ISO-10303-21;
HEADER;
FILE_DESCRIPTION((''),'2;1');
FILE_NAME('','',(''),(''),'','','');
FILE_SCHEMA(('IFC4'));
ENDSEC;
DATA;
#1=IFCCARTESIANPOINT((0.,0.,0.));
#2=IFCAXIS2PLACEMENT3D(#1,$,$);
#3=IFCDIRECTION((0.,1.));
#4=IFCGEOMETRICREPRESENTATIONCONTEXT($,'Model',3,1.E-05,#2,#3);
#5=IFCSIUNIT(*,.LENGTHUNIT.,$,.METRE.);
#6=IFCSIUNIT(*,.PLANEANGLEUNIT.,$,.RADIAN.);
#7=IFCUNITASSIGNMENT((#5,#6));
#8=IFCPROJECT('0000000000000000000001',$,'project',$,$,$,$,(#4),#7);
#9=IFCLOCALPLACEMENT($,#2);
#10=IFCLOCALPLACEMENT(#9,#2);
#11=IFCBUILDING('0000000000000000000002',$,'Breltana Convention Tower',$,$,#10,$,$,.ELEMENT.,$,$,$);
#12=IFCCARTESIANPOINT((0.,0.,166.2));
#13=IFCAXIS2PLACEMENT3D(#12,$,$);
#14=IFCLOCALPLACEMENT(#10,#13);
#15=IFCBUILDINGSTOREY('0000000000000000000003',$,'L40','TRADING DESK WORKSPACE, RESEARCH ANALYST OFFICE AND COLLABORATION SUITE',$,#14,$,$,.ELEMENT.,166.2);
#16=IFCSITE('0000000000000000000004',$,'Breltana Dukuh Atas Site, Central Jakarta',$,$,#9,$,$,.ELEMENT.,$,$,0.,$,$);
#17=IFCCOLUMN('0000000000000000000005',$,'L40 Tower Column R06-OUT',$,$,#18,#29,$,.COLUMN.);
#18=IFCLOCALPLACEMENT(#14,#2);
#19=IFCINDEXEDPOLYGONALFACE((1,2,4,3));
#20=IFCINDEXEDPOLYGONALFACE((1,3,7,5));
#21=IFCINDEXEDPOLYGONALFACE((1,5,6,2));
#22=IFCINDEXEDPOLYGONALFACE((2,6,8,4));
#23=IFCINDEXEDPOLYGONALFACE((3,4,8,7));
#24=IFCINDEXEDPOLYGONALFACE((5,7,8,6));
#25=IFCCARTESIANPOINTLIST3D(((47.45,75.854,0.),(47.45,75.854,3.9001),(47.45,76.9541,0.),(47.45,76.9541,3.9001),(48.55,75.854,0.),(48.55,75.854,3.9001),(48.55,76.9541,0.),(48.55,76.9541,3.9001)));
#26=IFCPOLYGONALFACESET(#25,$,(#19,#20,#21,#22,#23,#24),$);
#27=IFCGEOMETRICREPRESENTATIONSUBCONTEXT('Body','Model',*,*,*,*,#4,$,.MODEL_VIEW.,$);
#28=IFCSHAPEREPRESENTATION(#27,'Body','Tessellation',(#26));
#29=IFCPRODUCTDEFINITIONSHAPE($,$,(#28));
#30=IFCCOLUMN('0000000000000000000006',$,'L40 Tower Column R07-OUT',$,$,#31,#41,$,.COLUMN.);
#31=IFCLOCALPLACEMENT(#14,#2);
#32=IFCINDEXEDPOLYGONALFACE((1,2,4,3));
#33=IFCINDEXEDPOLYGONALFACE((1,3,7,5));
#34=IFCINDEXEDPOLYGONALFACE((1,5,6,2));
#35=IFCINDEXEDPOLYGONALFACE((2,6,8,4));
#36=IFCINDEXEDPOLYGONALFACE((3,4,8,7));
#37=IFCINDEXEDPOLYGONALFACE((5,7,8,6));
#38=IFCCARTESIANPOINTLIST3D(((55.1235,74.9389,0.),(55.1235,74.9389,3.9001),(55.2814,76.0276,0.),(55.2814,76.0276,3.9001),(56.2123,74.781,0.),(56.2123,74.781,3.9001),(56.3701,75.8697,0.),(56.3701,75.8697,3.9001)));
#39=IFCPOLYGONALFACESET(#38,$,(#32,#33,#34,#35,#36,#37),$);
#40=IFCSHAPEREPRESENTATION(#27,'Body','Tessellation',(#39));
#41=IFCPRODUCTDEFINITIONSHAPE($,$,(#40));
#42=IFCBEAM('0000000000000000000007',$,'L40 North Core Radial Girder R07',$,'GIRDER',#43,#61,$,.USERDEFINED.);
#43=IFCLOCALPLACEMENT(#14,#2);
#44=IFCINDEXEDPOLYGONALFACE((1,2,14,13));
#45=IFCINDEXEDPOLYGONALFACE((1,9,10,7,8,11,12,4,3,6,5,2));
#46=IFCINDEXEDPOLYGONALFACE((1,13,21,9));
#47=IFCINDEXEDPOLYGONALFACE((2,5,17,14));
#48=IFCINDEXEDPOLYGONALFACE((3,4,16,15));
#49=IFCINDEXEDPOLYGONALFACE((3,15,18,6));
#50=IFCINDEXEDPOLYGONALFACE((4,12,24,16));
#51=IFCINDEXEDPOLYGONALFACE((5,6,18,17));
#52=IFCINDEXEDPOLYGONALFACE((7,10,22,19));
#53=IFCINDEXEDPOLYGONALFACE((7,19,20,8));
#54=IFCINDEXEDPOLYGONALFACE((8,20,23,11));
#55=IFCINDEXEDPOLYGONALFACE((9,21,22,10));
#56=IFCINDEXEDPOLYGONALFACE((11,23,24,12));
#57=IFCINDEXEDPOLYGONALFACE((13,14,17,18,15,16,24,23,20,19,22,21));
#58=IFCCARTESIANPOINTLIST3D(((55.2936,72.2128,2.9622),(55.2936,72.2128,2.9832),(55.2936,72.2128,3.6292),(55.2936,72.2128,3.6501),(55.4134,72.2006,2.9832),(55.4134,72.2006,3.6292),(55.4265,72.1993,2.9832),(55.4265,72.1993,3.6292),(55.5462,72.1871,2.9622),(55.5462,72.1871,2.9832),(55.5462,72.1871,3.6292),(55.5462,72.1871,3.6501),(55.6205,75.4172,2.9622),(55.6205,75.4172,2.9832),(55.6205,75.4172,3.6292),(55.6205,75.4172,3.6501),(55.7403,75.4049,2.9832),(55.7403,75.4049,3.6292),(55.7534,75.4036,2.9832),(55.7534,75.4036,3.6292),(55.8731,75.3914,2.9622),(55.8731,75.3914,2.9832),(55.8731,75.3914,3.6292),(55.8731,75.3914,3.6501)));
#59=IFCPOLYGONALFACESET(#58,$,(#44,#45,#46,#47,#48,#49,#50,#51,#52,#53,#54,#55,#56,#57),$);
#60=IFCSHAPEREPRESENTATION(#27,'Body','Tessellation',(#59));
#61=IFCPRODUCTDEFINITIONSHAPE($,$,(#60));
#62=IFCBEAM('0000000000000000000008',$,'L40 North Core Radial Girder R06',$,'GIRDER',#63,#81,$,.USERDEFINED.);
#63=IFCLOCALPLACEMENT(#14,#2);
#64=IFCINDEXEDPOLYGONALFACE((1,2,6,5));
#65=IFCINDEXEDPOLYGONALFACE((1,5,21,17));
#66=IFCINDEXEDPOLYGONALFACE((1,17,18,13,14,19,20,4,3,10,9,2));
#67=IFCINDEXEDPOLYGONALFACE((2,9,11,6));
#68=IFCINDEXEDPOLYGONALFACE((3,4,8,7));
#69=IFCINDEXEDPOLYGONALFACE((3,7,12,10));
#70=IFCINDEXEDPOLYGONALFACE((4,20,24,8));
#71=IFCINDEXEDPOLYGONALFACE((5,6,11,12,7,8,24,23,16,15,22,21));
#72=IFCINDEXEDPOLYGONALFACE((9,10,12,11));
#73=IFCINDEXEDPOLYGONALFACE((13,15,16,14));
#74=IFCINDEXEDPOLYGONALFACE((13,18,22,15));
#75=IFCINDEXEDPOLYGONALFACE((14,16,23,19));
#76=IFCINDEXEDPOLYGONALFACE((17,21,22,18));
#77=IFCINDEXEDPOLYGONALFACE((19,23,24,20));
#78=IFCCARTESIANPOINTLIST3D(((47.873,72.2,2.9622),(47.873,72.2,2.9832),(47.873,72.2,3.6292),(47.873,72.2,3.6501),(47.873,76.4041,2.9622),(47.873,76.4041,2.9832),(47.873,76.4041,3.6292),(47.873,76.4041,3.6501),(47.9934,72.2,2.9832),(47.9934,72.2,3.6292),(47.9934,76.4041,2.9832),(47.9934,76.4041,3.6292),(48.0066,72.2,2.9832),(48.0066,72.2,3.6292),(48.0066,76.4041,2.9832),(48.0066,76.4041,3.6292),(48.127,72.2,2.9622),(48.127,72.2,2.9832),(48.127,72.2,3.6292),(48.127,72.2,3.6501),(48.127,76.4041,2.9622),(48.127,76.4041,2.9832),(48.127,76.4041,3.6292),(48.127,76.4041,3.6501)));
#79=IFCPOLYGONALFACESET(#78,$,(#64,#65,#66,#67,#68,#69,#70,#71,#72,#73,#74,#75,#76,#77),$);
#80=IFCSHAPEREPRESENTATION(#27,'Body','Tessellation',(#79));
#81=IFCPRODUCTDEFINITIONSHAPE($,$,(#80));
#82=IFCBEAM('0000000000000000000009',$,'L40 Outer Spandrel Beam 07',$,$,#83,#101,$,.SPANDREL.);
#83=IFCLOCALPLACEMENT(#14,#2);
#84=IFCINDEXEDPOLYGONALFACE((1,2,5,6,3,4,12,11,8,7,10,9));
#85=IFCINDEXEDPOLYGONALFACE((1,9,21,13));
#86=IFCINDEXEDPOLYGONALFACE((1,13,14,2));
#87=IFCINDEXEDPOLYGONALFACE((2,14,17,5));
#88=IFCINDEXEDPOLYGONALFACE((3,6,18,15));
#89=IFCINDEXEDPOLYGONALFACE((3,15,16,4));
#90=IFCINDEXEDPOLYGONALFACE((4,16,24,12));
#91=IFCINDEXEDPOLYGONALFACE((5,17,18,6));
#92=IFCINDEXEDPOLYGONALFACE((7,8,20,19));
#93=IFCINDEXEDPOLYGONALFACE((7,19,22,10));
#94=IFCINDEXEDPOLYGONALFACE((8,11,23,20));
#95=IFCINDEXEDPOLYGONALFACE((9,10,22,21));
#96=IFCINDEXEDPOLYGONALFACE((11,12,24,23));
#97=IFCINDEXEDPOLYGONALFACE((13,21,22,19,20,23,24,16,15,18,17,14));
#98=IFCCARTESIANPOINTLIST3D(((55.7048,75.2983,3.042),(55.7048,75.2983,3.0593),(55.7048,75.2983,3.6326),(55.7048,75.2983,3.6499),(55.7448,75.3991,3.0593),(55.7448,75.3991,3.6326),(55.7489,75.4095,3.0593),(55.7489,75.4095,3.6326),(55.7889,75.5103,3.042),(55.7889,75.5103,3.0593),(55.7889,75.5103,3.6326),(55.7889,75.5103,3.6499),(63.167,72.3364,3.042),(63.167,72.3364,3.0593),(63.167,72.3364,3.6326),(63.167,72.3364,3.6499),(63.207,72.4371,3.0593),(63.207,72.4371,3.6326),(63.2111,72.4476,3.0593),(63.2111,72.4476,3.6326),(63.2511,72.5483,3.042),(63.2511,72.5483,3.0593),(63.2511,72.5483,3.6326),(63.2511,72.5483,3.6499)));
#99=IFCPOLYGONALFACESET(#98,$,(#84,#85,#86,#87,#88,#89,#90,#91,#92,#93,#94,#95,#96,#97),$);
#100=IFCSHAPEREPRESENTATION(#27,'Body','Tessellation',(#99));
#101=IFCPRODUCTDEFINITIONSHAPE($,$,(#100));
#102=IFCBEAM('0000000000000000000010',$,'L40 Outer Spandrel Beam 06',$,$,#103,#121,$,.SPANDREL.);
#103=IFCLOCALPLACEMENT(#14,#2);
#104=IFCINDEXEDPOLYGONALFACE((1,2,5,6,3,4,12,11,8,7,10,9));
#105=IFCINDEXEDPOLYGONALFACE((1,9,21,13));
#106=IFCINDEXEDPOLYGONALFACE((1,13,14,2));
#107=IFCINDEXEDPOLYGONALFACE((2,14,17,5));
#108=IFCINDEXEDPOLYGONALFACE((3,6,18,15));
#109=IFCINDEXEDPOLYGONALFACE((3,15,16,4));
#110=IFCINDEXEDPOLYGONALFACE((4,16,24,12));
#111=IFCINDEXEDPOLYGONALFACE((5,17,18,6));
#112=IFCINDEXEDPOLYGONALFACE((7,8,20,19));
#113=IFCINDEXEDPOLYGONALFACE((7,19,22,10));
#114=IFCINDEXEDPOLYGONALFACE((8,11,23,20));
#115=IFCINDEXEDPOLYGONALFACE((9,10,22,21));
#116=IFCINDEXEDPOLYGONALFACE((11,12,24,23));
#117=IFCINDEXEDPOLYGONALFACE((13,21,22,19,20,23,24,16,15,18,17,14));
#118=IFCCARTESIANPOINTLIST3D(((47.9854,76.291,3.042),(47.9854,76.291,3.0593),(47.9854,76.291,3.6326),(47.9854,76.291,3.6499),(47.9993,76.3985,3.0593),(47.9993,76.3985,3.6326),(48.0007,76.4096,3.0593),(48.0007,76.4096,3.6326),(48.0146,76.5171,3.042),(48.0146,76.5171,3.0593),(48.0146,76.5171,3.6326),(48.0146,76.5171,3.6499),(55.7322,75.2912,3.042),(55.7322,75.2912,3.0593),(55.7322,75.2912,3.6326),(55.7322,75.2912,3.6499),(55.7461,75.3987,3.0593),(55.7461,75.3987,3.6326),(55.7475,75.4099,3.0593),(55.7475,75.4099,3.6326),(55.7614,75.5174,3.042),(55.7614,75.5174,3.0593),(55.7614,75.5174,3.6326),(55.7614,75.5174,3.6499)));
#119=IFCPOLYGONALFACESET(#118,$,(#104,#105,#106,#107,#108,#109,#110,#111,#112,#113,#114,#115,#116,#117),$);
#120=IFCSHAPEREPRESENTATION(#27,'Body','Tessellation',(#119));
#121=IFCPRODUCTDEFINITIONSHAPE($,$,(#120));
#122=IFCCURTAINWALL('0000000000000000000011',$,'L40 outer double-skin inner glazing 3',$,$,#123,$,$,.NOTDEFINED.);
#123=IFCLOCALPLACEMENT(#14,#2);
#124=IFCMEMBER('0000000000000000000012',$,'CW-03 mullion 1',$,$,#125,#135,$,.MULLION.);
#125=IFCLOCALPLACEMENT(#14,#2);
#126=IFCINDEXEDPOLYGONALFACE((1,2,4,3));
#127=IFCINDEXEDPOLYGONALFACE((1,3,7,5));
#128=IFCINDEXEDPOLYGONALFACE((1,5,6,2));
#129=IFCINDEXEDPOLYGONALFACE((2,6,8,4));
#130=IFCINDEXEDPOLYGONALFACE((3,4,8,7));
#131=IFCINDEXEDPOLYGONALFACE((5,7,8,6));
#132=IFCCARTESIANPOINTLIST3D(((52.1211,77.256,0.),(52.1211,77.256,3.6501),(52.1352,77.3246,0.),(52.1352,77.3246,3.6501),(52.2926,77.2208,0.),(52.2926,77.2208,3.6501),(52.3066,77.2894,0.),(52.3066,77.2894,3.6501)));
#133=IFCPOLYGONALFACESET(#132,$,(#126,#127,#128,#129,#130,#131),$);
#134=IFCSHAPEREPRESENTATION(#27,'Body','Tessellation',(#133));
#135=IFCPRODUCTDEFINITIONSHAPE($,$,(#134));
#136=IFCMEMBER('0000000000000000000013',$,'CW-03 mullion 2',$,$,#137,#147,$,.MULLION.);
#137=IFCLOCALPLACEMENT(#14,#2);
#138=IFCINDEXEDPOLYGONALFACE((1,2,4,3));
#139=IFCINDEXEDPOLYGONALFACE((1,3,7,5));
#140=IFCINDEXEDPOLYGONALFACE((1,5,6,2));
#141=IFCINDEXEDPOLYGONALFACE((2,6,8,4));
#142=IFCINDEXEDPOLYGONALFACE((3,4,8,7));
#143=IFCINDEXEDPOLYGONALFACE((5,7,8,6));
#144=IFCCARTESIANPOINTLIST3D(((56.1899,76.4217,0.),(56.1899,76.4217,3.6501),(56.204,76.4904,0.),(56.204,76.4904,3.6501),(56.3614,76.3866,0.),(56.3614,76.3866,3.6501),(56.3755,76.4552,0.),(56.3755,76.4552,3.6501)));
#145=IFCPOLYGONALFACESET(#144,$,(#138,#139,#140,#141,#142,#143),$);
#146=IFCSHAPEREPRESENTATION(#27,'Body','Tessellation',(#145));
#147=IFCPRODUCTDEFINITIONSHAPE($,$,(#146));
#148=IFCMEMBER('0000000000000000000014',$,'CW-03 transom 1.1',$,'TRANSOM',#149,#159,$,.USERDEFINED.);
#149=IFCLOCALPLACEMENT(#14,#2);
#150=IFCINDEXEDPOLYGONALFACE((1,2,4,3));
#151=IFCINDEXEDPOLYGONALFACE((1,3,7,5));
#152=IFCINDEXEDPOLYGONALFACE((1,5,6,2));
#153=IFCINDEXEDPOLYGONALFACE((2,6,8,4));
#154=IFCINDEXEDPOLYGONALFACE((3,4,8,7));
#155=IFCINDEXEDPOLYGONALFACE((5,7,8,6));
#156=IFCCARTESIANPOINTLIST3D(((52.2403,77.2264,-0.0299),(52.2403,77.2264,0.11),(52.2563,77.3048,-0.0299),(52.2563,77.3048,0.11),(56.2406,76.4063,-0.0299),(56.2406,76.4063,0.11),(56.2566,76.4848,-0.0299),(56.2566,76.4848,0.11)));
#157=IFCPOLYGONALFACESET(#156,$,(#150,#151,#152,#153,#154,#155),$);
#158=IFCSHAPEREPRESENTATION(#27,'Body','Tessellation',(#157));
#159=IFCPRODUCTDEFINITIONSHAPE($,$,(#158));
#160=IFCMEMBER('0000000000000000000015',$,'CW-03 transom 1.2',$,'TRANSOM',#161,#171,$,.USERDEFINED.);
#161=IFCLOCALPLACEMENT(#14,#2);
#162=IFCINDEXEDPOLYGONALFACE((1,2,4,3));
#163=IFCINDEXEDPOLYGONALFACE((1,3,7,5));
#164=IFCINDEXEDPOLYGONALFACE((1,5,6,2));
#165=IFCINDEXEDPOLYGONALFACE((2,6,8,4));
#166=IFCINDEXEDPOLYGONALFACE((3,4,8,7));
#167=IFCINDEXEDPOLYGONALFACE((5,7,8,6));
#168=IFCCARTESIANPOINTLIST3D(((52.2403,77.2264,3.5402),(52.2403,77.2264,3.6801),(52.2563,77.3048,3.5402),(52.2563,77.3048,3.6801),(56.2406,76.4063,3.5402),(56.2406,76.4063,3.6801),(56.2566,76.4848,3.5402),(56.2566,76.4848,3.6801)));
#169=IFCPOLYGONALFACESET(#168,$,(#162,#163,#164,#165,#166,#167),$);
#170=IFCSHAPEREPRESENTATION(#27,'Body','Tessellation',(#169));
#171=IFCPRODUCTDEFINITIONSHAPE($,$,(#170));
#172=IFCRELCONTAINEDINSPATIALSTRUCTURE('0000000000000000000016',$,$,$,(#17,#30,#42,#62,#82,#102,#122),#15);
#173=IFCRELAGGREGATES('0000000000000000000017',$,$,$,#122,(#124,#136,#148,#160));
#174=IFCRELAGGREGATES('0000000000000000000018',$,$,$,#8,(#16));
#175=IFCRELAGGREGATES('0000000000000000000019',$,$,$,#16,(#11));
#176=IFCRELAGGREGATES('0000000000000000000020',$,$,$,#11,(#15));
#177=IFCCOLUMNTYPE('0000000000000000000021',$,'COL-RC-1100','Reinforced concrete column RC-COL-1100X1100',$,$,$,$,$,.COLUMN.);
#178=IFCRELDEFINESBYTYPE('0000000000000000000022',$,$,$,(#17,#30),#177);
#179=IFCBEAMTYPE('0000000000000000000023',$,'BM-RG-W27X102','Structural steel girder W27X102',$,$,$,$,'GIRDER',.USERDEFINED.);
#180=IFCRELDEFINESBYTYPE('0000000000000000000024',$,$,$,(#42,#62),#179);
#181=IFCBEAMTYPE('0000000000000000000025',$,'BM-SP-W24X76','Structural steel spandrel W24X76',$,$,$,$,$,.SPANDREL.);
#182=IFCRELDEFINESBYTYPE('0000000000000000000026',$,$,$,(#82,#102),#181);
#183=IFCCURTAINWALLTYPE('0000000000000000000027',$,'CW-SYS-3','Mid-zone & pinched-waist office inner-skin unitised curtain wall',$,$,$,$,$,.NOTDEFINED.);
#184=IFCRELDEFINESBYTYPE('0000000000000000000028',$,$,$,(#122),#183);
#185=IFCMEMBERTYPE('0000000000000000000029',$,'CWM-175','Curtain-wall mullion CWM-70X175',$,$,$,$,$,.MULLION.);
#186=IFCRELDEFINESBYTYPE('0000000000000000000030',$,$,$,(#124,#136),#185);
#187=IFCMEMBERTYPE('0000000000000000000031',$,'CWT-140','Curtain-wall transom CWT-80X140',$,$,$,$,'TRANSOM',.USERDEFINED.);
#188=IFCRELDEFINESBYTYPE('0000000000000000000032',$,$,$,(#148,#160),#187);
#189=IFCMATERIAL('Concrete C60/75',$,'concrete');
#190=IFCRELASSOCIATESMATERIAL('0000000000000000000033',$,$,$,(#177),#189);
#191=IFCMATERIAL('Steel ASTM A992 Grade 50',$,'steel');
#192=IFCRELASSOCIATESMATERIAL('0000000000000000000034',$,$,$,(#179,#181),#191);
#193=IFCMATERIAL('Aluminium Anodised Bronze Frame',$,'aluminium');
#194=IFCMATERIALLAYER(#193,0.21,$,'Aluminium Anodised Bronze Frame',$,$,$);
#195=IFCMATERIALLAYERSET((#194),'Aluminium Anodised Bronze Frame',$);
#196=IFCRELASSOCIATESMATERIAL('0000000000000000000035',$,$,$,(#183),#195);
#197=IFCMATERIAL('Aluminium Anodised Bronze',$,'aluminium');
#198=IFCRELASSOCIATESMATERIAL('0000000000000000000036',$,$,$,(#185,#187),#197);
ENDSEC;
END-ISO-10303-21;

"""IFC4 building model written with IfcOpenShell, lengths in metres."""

from ifc_helpers import new_model, si_unit, direction, frame, origin, origin_2d, place, context, subcontext, project, spatial, rectangle, i_section, extrude, source, transform, mapped, material, layer, layer_set, material_profile, profile_set, type_object, element, aggregate, save


model = new_model("IFC4")

# Units and contexts
model_context = context("Model", 3, precision=1e-05, world=origin(), true_north=direction((0.0, 1.0)))
body_context = subcontext(model_context, "Body", "Model", "MODEL_VIEW")
ifc_project = project(units=[si_unit("LENGTHUNIT", "METRE"), si_unit("PLANEANGLEUNIT", "RADIAN")], contexts=[model_context])

# Site, building, storey
site_placement = place(None, origin())
site = spatial("IfcSite", under=ifc_project, at=site_placement, Name="Breltana Dukuh Atas Site, Central Jakarta", CompositionType="ELEMENT", RefElevation=0.0)
building_placement = place(site_placement, origin())
building = spatial("IfcBuilding", under=site, at=building_placement, Name="Breltana Convention Tower", CompositionType="ELEMENT")
storey_placement = place(building_placement, frame((0.0, 0.0, 166.2)))
storey = spatial("IfcBuildingStorey", under=building, at=storey_placement, Name="L40", Description="TRADING DESK WORKSPACE, RESEARCH ANALYST OFFICE AND COLLABORATION SUITE", CompositionType="ELEMENT", Elevation=166.2)

# Columns
ifc_material_1 = material(Name="Concrete C60/75", Category="concrete")
ifc_material_profile_1 = material_profile(ifc_material_1, rectangle(XDim=1.1001, YDim=1.1001, at=origin_2d()), Name="RC-COL-1100X1100")
ifc_profile_set_1 = profile_set([ifc_material_profile_1], Name="Concrete C60/75")
column_type = type_object("IfcColumnType", Name="COL-RC-1100", Description="Reinforced concrete column RC-COL-1100X1100", PredefinedType="COLUMN", material=ifc_profile_set_1)
shared_shape_1 = source(origin(), body_context, "Body", "SweptSolid", [
    extrude(rectangle(XDim=1.1001, YDim=1.1001, at=origin_2d()), origin(), (0.0, 0.0, 1.0), 3.9001),
])
for number, where, z_axis, x_axis, name in (
    (1, (48.0, 76.4041, 0.0), (0.0, 0.0, 1.0), (0.0, 1.0, 0.0), "L40 Tower Column R06-OUT"),
    (2, (55.7468, 75.4043, 0.0), (0.0, 0.0, 1.0), (0.143493, 0.989651, 0.0), "L40 Tower Column R07-OUT"),
):
    element("IfcColumn", number, at=place(storey_placement, frame(where, z_axis=z_axis, x_axis=x_axis)), inside=storey, type_object=column_type, Name=name, PredefinedType="COLUMN", context=body_context, shape_type="MappedRepresentation", body=[
        mapped(shared_shape_1, transform((0.0, 0.0, 0.0), scale=1.0)),
    ])

# Beams
ifc_material_2 = material(Name="Steel ASTM A992 Grade 50", Category="steel")
ifc_material_profile_2 = material_profile(ifc_material_2, i_section(OverallWidth=0.2539, OverallDepth=0.688, WebThickness=0.0132, FlangeThickness=0.021, at=origin_2d()), Name="W27X102")
ifc_profile_set_2 = profile_set([ifc_material_profile_2], Name="Steel ASTM A992 Grade 50")
beam_type_1 = type_object("IfcBeamType", Name="BM-RG-W27X102", Description="Structural steel girder W27X102", ElementType="GIRDER", PredefinedType="USERDEFINED", material=ifc_profile_set_2)
shared_shape_2 = source(origin(), body_context, "Body", "SweptSolid", [
    extrude(i_section(OverallWidth=0.2539, OverallDepth=0.688, WebThickness=0.0132, FlangeThickness=0.021, at=origin_2d()), origin(), (0.0, 0.0, 1.0), 3.2209),
])
beam_1_placement = place(storey_placement, frame((55.4199, 72.2, 3.3062), z_axis=(0.101492, 0.994836, 0.0), x_axis=(-0.994836, 0.101492, 0.0)))
element("IfcBeam", 3, at=beam_1_placement, inside=storey, type_object=beam_type_1, Name="L40 North Core Radial Girder R07", ObjectType="GIRDER", PredefinedType="USERDEFINED", context=body_context, shape_type="MappedRepresentation", body=[
    mapped(shared_shape_2, transform((0.0, 0.0, 0.0), scale=1.0)),
])
shared_shape_3 = source(origin(), body_context, "Body", "SweptSolid", [
    extrude(i_section(OverallWidth=0.2539, OverallDepth=0.688, WebThickness=0.0132, FlangeThickness=0.021, at=origin_2d()), origin(), (0.0, 0.0, 1.0), 4.2041),
])
beam_2_placement = place(storey_placement, frame((48.0, 72.2, 3.3062), z_axis=(0.0, 1.0, 0.0), x_axis=(-1.0, 0.0, 0.0)))
element("IfcBeam", 4, at=beam_2_placement, inside=storey, type_object=beam_type_1, Name="L40 North Core Radial Girder R06", ObjectType="GIRDER", PredefinedType="USERDEFINED", context=body_context, shape_type="MappedRepresentation", body=[
    mapped(shared_shape_3, transform((0.0, 0.0, 0.0), scale=1.0)),
])
ifc_material_profile_3 = material_profile(ifc_material_2, i_section(OverallWidth=0.228, OverallDepth=0.6079, WebThickness=0.0112, FlangeThickness=0.0173, at=origin_2d()), Name="W24X76")
ifc_profile_set_3 = profile_set([ifc_material_profile_3], Name="Steel ASTM A992 Grade 50")
beam_type_2 = type_object("IfcBeamType", Name="BM-SP-W24X76", Description="Structural steel spandrel W24X76", PredefinedType="SPANDREL", material=ifc_profile_set_3)
shared_shape_4 = source(origin(), body_context, "Body", "SweptSolid", [
    extrude(i_section(OverallWidth=0.228, OverallDepth=0.6079, WebThickness=0.0112, FlangeThickness=0.0173, at=origin_2d()), origin(), (0.0, 0.0, 1.0), 8.0286),
])
beam_3_placement = place(storey_placement, frame((55.7468, 75.4043, 3.3459), z_axis=(0.929459, -0.368925, 0.0), x_axis=(0.368925, 0.929459, 0.0)))
element("IfcBeam", 5, at=beam_3_placement, inside=storey, type_object=beam_type_2, Name="L40 Outer Spandrel Beam 07", PredefinedType="SPANDREL", context=body_context, shape_type="MappedRepresentation", body=[
    mapped(shared_shape_4, transform((0.0, 0.0, 0.0), scale=1.0)),
])
shared_shape_5 = source(origin(), body_context, "Body", "SweptSolid", [
    extrude(i_section(OverallWidth=0.228, OverallDepth=0.6079, WebThickness=0.0112, FlangeThickness=0.0173, at=origin_2d()), origin(), (0.0, 0.0, 1.0), 7.811),
])
beam_4_placement = place(storey_placement, frame((48.0, 76.4041, 3.3459), z_axis=(0.991775, -0.127992, 0.0), x_axis=(0.127992, 0.991775, 0.0)))
element("IfcBeam", 6, at=beam_4_placement, inside=storey, type_object=beam_type_2, Name="L40 Outer Spandrel Beam 06", PredefinedType="SPANDREL", context=body_context, shape_type="MappedRepresentation", body=[
    mapped(shared_shape_5, transform((0.0, 0.0, 0.0), scale=1.0)),
])

# Curtain wall, members
ifc_material_3 = material(Name="Aluminium Anodised Bronze Frame", Category="aluminium")
ifc_layer_1 = layer(ifc_material_3, 0.21, Name="Aluminium Anodised Bronze Frame")
ifc_layer_set_1 = layer_set([ifc_layer_1], Name="Aluminium Anodised Bronze Frame")
curtain_wall_type = type_object("IfcCurtainWallType", Name="CW-SYS-3", Description="Mid-zone & pinched-waist office inner-skin unitised curtain wall", PredefinedType="NOTDEFINED", material=ifc_layer_set_1)
curtain_wall_placement = place(storey_placement, origin())
curtain_wall = element("IfcCurtainWall", 7, at=curtain_wall_placement, inside=storey, type_object=curtain_wall_type, Name="L40 outer double-skin inner glazing 3", PredefinedType="NOTDEFINED")
ifc_material_4 = material(Name="Aluminium Anodised Bronze", Category="aluminium")
ifc_material_profile_4 = material_profile(ifc_material_4, rectangle(XDim=0.0701, YDim=0.175, at=origin_2d()), Name="CWM-70X175")
ifc_profile_set_4 = profile_set([ifc_material_profile_4], Name="Aluminium Anodised Bronze")
member_type_1 = type_object("IfcMemberType", Name="CWM-175", Description="Curtain-wall mullion CWM-70X175", PredefinedType="MULLION", material=ifc_profile_set_4)
shared_shape_6 = source(origin(), body_context, "Body", "SweptSolid", [
    extrude(rectangle(XDim=0.0701, YDim=0.175, at=origin_2d()), origin(), (0.0, 0.0, 1.0), 3.6501),
])
member_1_placement = place(storey_placement, frame((52.2139, 77.2727, 0.0), z_axis=(0.0, 0.0, 1.0), x_axis=(0.200877, 0.979617, 0.0)))
member_1 = element("IfcMember", 8, at=member_1_placement, type_object=member_type_1, Name="CW-03 mullion 1", PredefinedType="MULLION", context=body_context, shape_type="MappedRepresentation", body=[
    mapped(shared_shape_6, transform((0.0, 0.0, 0.0), scale=1.0)),
])
member_2_placement = place(storey_placement, frame((56.2827, 76.4385, 0.0), z_axis=(0.0, 0.0, 1.0), x_axis=(0.200877, 0.979617, 0.0)))
member_2 = element("IfcMember", 9, at=member_2_placement, type_object=member_type_1, Name="CW-03 mullion 2", PredefinedType="MULLION", context=body_context, shape_type="MappedRepresentation", body=[
    mapped(shared_shape_6, transform((0.0, 0.0, 0.0), scale=1.0)),
])
ifc_material_profile_5 = material_profile(ifc_material_4, rectangle(XDim=0.0801, YDim=0.1399, at=origin_2d()), Name="CWT-80X140")
ifc_profile_set_5 = profile_set([ifc_material_profile_5], Name="Aluminium Anodised Bronze")
member_type_2 = type_object("IfcMemberType", Name="CWT-140", Description="Curtain-wall transom CWT-80X140", ElementType="TRANSOM", PredefinedType="USERDEFINED", material=ifc_profile_set_5)
shared_shape_7 = source(origin(), body_context, "Body", "SweptSolid", [
    extrude(rectangle(XDim=0.0801, YDim=0.1399, at=origin_2d()), origin(), (0.0, 0.0, 1.0), 4.0835),
])
member_3_placement = place(storey_placement, frame((52.2483, 77.2656, 0.04), z_axis=(0.979627, -0.200828, 0.0), x_axis=(0.200828, 0.979627, 0.0)))
member_3 = element("IfcMember", 10, at=member_3_placement, type_object=member_type_2, Name="CW-03 transom 1.1", ObjectType="TRANSOM", PredefinedType="USERDEFINED", context=body_context, shape_type="MappedRepresentation", body=[
    mapped(shared_shape_7, transform((0.0, 0.0, 0.0), scale=1.0)),
])
member_4_placement = place(storey_placement, frame((52.2483, 77.2656, 3.6101), z_axis=(0.979627, -0.200828, 0.0), x_axis=(0.200828, 0.979627, 0.0)))
member_4 = element("IfcMember", 11, at=member_4_placement, type_object=member_type_2, Name="CW-03 transom 1.2", ObjectType="TRANSOM", PredefinedType="USERDEFINED", context=body_context, shape_type="MappedRepresentation", body=[
    mapped(shared_shape_7, transform((0.0, 0.0, 0.0), scale=1.0)),
])
aggregate(curtain_wall, [member_1, member_2, member_3, member_4])

save(model, "model.ifc")
